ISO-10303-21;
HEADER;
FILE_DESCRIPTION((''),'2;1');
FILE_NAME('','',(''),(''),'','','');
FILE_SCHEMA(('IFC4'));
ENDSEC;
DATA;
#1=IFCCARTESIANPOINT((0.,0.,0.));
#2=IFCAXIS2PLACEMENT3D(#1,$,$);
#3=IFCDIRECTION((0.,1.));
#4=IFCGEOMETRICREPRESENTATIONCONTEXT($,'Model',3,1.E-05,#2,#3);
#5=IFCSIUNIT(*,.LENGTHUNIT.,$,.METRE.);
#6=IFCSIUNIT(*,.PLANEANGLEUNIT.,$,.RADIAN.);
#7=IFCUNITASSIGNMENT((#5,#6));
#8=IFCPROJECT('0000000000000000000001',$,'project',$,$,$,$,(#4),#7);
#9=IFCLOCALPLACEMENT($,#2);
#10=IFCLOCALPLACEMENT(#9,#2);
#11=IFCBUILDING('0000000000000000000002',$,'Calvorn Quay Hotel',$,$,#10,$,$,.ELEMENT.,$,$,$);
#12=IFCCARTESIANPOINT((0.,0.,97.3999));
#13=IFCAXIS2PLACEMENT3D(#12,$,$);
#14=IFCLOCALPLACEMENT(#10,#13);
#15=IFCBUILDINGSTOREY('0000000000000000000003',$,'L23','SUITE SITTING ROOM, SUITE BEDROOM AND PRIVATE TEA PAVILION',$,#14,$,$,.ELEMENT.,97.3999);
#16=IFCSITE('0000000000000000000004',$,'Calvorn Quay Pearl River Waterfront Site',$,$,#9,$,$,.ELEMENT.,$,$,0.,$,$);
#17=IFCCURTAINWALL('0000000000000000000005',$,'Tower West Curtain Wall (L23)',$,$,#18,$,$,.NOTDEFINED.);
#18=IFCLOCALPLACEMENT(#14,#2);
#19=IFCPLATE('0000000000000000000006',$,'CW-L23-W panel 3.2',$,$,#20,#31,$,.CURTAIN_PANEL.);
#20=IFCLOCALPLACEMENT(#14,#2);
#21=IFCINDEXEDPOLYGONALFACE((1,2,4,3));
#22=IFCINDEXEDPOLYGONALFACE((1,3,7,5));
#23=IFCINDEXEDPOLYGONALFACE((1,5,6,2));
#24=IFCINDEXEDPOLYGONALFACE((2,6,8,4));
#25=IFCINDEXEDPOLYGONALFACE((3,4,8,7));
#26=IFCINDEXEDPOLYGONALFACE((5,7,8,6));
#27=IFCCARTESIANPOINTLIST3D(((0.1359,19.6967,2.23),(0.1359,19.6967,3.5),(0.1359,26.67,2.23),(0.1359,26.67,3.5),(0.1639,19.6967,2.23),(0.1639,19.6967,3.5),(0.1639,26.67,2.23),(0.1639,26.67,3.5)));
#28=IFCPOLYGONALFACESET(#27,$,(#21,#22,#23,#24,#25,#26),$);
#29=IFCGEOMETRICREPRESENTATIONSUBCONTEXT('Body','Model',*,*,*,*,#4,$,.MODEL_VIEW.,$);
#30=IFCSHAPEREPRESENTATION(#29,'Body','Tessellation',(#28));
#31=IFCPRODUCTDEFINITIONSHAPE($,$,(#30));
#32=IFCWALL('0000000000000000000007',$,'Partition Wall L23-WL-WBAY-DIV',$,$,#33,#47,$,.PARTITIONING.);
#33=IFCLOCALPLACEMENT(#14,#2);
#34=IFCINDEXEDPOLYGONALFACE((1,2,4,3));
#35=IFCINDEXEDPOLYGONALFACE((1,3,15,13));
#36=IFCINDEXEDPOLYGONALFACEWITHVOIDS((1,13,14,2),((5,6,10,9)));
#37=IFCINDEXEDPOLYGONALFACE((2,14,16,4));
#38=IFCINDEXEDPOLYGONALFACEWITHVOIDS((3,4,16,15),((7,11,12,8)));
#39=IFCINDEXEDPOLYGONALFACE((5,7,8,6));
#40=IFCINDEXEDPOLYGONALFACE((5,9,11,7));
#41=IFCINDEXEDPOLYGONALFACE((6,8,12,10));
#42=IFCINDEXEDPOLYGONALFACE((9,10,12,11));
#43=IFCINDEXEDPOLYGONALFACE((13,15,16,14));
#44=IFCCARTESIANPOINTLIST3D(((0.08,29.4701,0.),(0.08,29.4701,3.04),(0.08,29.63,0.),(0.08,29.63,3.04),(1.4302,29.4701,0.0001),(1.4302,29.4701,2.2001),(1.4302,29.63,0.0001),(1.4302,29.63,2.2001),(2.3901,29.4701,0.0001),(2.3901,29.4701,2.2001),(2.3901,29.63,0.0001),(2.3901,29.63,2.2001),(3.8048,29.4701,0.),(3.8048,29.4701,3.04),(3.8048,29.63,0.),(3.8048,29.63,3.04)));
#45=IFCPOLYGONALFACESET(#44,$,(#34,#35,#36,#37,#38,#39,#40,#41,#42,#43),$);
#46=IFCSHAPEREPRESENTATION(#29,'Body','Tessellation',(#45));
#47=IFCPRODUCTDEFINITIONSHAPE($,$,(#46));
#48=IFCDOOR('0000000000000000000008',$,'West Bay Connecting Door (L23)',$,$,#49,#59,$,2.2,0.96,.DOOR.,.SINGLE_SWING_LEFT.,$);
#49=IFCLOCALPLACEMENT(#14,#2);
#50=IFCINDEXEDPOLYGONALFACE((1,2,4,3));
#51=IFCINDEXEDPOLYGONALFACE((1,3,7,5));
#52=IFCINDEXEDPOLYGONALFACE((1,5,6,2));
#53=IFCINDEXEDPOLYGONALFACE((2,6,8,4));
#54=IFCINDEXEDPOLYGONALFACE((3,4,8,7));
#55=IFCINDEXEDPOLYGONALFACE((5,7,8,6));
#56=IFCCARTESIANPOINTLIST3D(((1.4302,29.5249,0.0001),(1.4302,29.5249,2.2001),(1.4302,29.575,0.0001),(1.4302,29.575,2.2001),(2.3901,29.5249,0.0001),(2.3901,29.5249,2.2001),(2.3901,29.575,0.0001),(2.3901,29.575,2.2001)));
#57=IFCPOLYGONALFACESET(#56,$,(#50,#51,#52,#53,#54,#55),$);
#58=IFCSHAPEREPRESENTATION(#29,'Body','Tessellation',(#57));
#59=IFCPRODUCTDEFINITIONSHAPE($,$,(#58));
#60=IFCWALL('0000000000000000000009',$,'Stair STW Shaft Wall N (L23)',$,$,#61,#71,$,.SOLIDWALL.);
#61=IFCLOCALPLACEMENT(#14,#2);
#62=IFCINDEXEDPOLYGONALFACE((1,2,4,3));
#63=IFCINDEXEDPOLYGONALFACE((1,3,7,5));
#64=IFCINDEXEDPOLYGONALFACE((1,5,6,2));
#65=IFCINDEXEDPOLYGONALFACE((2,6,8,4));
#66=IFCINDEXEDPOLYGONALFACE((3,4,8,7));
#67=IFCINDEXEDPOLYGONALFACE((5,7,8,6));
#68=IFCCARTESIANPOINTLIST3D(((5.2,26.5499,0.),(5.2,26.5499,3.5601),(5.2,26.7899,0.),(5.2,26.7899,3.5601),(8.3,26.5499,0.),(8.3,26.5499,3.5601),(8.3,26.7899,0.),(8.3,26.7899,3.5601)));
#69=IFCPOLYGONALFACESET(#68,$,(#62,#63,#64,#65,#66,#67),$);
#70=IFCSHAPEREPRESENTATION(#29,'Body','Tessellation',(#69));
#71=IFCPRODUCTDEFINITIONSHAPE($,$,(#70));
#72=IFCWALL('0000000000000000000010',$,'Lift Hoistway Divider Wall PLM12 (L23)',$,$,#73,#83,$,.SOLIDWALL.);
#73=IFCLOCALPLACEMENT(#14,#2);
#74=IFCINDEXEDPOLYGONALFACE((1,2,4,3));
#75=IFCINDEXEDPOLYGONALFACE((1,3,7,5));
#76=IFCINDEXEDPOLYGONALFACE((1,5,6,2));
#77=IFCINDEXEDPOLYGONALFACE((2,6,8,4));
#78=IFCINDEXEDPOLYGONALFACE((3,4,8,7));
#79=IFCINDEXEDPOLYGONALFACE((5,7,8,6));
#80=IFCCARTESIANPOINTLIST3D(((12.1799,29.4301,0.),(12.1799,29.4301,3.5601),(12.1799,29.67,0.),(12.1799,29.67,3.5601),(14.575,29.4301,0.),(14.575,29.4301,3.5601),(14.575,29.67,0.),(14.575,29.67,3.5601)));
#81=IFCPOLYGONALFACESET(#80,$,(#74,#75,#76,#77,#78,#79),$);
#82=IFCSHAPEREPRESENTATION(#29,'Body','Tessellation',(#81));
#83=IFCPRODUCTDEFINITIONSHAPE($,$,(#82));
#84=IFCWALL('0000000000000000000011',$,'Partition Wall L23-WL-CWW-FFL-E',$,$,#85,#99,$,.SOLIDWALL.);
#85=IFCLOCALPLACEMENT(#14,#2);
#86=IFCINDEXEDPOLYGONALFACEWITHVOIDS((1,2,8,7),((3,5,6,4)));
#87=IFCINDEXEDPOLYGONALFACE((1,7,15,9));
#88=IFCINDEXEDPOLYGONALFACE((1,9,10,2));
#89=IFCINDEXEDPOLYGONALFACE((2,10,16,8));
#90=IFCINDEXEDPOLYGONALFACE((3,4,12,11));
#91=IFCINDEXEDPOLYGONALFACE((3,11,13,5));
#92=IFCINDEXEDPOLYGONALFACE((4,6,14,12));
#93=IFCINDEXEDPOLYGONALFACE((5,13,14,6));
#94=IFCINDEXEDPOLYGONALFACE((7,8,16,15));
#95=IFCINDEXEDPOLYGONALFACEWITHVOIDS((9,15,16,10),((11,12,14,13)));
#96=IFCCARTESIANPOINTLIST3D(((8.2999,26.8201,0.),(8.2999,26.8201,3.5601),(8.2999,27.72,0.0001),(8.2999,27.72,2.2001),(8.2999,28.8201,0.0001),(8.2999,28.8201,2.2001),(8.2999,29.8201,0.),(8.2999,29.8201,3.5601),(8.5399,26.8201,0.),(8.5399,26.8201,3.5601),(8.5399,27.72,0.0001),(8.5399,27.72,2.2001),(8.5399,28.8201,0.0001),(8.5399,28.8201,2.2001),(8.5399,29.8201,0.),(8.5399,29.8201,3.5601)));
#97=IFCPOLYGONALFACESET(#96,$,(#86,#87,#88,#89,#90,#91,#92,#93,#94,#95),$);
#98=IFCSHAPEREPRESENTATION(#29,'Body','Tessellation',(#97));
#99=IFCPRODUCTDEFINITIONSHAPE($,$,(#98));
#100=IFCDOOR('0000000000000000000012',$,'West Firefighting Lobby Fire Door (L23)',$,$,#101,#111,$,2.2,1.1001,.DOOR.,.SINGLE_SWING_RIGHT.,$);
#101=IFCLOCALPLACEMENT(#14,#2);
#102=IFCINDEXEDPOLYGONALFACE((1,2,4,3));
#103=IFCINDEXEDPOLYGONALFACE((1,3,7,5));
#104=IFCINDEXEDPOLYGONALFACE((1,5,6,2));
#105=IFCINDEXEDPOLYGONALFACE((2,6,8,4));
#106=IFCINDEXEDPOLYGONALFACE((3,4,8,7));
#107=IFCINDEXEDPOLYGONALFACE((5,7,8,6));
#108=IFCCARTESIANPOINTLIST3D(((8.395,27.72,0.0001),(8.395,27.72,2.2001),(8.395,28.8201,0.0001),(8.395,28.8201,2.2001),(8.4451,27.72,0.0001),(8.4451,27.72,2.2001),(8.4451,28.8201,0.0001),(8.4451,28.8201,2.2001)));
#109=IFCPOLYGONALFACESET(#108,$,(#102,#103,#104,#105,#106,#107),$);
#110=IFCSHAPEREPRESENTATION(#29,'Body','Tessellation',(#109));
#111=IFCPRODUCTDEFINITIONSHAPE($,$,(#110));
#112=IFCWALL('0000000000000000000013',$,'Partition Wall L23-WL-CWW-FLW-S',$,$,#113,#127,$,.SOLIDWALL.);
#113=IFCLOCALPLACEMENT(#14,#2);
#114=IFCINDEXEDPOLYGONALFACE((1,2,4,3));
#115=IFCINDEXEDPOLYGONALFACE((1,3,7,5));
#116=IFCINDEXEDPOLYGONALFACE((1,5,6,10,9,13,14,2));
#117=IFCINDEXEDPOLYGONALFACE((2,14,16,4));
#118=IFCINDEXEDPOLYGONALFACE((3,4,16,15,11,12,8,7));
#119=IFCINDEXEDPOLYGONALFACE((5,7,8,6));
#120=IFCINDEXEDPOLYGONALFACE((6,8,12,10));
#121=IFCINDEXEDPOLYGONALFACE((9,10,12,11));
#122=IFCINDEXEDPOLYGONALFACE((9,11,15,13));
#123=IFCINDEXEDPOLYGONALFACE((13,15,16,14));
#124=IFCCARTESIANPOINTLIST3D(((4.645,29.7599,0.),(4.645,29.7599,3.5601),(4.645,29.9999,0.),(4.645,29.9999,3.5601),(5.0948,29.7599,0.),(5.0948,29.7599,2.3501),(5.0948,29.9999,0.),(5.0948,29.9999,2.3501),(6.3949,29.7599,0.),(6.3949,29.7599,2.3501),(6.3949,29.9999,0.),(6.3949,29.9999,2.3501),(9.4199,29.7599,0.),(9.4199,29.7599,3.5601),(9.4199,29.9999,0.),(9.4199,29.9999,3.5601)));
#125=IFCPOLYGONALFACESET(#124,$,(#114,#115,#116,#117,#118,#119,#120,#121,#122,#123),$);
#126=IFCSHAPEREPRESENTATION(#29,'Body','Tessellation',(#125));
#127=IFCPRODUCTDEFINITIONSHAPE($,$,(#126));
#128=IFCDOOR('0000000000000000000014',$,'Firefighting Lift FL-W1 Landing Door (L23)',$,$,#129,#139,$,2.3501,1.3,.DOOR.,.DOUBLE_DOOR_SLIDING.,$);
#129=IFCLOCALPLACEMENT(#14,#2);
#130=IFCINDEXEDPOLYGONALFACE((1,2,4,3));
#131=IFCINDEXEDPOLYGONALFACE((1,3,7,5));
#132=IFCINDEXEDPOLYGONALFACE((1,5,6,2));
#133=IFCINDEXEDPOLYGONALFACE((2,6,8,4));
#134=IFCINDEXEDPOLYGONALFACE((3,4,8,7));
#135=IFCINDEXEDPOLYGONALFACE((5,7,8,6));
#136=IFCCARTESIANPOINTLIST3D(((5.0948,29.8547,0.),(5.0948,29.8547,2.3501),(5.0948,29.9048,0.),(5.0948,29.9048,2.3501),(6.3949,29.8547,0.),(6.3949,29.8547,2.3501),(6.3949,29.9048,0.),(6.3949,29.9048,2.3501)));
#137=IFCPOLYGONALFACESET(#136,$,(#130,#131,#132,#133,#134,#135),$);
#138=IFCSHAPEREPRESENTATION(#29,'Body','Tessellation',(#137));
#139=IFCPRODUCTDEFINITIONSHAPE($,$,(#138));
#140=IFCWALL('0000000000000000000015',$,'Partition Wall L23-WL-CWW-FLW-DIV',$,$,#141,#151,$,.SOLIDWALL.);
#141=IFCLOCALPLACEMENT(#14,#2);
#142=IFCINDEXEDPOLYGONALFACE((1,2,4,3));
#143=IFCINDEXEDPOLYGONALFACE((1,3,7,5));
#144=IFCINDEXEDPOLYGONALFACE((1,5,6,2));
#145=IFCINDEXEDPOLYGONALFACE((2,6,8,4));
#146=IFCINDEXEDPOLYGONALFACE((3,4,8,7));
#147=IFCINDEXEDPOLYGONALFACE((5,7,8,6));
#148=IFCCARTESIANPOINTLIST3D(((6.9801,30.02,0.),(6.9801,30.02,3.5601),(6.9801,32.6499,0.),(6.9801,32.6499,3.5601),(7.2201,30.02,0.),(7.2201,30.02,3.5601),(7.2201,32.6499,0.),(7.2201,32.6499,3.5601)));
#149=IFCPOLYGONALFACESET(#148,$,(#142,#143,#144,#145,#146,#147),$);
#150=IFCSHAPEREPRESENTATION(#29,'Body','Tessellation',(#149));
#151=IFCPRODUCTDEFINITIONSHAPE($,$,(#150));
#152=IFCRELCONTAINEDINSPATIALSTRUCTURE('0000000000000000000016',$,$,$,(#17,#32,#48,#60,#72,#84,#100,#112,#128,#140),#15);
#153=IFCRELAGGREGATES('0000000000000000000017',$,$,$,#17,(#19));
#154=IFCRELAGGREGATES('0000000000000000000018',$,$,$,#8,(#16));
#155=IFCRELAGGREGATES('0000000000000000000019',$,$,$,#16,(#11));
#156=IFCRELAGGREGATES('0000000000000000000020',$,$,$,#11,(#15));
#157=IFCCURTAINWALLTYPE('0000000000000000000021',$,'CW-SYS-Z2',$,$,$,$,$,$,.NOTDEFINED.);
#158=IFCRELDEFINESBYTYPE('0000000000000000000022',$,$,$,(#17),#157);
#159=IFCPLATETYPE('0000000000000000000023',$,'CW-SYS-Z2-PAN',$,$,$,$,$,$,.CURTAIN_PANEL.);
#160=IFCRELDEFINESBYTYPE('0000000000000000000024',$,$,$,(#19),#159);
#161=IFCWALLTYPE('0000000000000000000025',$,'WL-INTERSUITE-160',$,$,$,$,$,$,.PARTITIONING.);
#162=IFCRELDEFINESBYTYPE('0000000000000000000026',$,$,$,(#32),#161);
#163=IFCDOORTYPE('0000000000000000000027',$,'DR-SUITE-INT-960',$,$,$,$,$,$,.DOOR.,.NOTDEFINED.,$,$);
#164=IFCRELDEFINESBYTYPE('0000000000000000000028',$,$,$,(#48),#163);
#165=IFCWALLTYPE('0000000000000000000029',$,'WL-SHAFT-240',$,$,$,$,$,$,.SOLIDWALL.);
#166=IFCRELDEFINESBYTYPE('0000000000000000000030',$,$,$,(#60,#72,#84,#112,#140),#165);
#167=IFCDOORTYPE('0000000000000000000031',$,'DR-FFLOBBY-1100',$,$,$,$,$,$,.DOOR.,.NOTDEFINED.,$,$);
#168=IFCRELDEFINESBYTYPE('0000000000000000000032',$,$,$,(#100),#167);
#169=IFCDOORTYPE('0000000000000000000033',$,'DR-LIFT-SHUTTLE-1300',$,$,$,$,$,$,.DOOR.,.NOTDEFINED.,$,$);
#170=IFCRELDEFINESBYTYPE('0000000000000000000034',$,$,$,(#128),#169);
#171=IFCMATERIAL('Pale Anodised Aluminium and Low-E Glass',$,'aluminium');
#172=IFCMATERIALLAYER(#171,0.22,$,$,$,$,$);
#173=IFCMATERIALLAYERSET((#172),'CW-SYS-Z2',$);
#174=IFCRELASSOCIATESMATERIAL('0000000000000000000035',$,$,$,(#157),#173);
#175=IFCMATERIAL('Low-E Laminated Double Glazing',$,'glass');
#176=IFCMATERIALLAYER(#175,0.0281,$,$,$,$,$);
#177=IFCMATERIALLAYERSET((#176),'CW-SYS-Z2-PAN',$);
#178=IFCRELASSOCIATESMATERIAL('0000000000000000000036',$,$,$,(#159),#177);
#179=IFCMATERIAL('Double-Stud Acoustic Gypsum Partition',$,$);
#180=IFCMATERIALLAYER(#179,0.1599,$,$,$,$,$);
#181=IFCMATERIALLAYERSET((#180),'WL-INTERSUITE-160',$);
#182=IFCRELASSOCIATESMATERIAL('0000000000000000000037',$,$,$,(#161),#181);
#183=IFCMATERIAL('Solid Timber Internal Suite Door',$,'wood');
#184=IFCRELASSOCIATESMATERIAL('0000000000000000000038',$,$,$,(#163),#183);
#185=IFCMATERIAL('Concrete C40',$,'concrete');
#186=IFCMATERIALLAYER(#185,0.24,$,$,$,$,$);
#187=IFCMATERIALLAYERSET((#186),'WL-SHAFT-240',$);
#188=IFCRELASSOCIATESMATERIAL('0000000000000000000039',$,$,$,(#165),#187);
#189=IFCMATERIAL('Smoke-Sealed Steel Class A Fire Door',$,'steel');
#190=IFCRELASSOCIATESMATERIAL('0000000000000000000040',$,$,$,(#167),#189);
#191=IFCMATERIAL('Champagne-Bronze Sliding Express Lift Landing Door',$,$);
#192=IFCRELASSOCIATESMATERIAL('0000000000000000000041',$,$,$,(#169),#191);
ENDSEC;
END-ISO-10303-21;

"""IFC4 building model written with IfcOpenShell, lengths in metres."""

from ifc_helpers import new_model, si_unit, direction, frame, frame_2d, origin, origin_2d, place, context, subcontext, project, spatial, rectangle, extrude, material, layer, layer_set, type_object, element, fill, aggregate, save


model = new_model("IFC4")

# Units and contexts
model_context = context("Model", 3, precision=1e-05, world=origin(), true_north=direction((0.0, 1.0)))
body_context = subcontext(model_context, "Body", "Model", "MODEL_VIEW")
ifc_project = project(units=[si_unit("LENGTHUNIT", "METRE"), si_unit("PLANEANGLEUNIT", "RADIAN")], contexts=[model_context])

# Site, building, storey
site_placement = place(None, origin())
site = spatial("IfcSite", under=ifc_project, at=site_placement, Name="Calvorn Quay Pearl River Waterfront Site", CompositionType="ELEMENT", RefElevation=0.0)
building_placement = place(site_placement, origin())
building = spatial("IfcBuilding", under=site, at=building_placement, Name="Calvorn Quay Hotel", CompositionType="ELEMENT")
storey_placement = place(building_placement, frame((0.0, 0.0, 97.3999)))
storey = spatial("IfcBuildingStorey", under=building, at=storey_placement, Name="L23", Description="SUITE SITTING ROOM, SUITE BEDROOM AND PRIVATE TEA PAVILION", CompositionType="ELEMENT", Elevation=97.3999)

# Curtain wall, plate
ifc_material_1 = material(Name="Pale Anodised Aluminium and Low-E Glass", Category="aluminium")
ifc_layer_1 = layer(ifc_material_1, 0.22)
ifc_layer_set_1 = layer_set([ifc_layer_1], Name="CW-SYS-Z2")
curtain_wall_type = type_object("IfcCurtainWallType", Name="CW-SYS-Z2", PredefinedType="NOTDEFINED", material=ifc_layer_set_1)
curtain_wall_placement = place(storey_placement, origin())
curtain_wall = element("IfcCurtainWall", 1, at=curtain_wall_placement, inside=storey, type_object=curtain_wall_type, Name="Tower West Curtain Wall (L23)", PredefinedType="NOTDEFINED")
ifc_material_2 = material(Name="Low-E Laminated Double Glazing", Category="glass")
ifc_layer_2 = layer(ifc_material_2, 0.0281)
ifc_layer_set_2 = layer_set([ifc_layer_2], Name="CW-SYS-Z2-PAN")
plate_type = type_object("IfcPlateType", Name="CW-SYS-Z2-PAN", PredefinedType="CURTAIN_PANEL", material=ifc_layer_set_2)
plate_placement = place(storey_placement, frame((0.1499, 23.1833, 2.23), z_axis=(0.0, 0.0, 1.0), x_axis=(0.0, 1.0, 0.0)))
plate = element("IfcPlate", 2, at=plate_placement, type_object=plate_type, Name="CW-L23-W panel 3.2", PredefinedType="CURTAIN_PANEL", context=body_context, shape_type="SweptSolid", body=[
    extrude(rectangle(XDim=6.9734, YDim=0.0281, at=origin_2d()), origin(), (0.0, 0.0, 1.0), 1.27),
])
aggregate(curtain_wall, [plate])

# Wall, opening, door
ifc_material_3 = material(Name="Double-Stud Acoustic Gypsum Partition")
ifc_layer_3 = layer(ifc_material_3, 0.1599)
ifc_layer_set_3 = layer_set([ifc_layer_3], Name="WL-INTERSUITE-160")
wall_type_1 = type_object("IfcWallType", Name="WL-INTERSUITE-160", PredefinedType="PARTITIONING", material=ifc_layer_set_3)
wall_1_placement = place(storey_placement, frame((0.0801, 29.55, 0.0), z_axis=(0.0, 0.0, 1.0), x_axis=(1.0, 0.0, 0.0)))
wall_1 = element("IfcWall", 3, at=wall_1_placement, inside=storey, type_object=wall_type_1, Name="Partition Wall L23-WL-WBAY-DIV", PredefinedType="PARTITIONING", context=body_context, shape_type="SweptSolid", body=[
    extrude(rectangle(XDim=3.7249, YDim=0.1599, at=frame_2d((1.8623, 0.0))), origin(), (0.0, 0.0, 1.0), 3.04),
])
opening_1_placement = place(wall_1_placement, frame((1.3501, 0.0, 0.0)))
opening_1 = element("IfcOpeningElement", 4, at=opening_1_placement, cuts=wall_1, PredefinedType="OPENING", context=body_context, shape_type="SweptSolid", body=[
    extrude(rectangle(XDim=0.96, YDim=2.2, at=frame_2d((0.48, 1.1001))), frame((0.0, 0.0898, 0.0), z_axis=(0.0, -1.0, 0.0), x_axis=(1.0, 0.0, 0.0)), (0.0, 0.0, 1.0), 0.1799),
])
ifc_material_4 = material(Name="Solid Timber Internal Suite Door", Category="wood")
door_type_1 = type_object("IfcDoorType", Name="DR-SUITE-INT-960", OperationType="NOTDEFINED", PredefinedType="DOOR", material=ifc_material_4)
door_1_placement = place(opening_1_placement, origin())
door_1 = element("IfcDoor", 5, at=door_1_placement, inside=storey, type_object=door_type_1, Name="West Bay Connecting Door (L23)", OperationType="SINGLE_SWING_LEFT", OverallHeight=2.2, OverallWidth=0.96, PredefinedType="DOOR", context=body_context, shape_type="SweptSolid", body=[
    extrude(rectangle(XDim=0.96, YDim=2.2, at=frame_2d((0.48, 1.1001))), frame((0.0, 0.0249, 0.0), z_axis=(0.0, -1.0, 0.0), x_axis=(1.0, 0.0, 0.0)), (0.0, 0.0, 1.0), 0.05),
])
fill(opening_1, door_1)

# Walls
ifc_material_5 = material(Name="Concrete C40", Category="concrete")
ifc_layer_4 = layer(ifc_material_5, 0.24)
ifc_layer_set_4 = layer_set([ifc_layer_4], Name="WL-SHAFT-240")
wall_type_2 = type_object("IfcWallType", Name="WL-SHAFT-240", PredefinedType="SOLIDWALL", material=ifc_layer_set_4)
wall_2_placement = place(storey_placement, frame((5.2, 26.6699, 0.0), z_axis=(0.0, 0.0, 1.0), x_axis=(1.0, 0.0, 0.0)))
element("IfcWall", 6, at=wall_2_placement, inside=storey, type_object=wall_type_2, Name="Stair STW Shaft Wall N (L23)", PredefinedType="SOLIDWALL", context=body_context, shape_type="SweptSolid", body=[
    extrude(rectangle(XDim=3.1001, YDim=0.24, at=frame_2d((1.55, 0.0))), origin(), (0.0, 0.0, 1.0), 3.5601),
])
wall_3_placement = place(storey_placement, frame((12.1799, 29.55, 0.0), z_axis=(0.0, 0.0, 1.0), x_axis=(1.0, 0.0, 0.0)))
element("IfcWall", 7, at=wall_3_placement, inside=storey, type_object=wall_type_2, Name="Lift Hoistway Divider Wall PLM12 (L23)", PredefinedType="SOLIDWALL", context=body_context, shape_type="SweptSolid", body=[
    extrude(rectangle(XDim=2.395, YDim=0.24, at=frame_2d((1.1975, 0.0))), origin(), (0.0, 0.0, 1.0), 3.5601),
])

# Walls, openings, doors
wall_4_placement = place(storey_placement, frame((8.4199, 26.8201, 0.0), z_axis=(0.0, 0.0, 1.0), x_axis=(0.0, 1.0, 0.0)))
wall_4 = element("IfcWall", 8, at=wall_4_placement, inside=storey, type_object=wall_type_2, Name="Partition Wall L23-WL-CWW-FFL-E", PredefinedType="SOLIDWALL", context=body_context, shape_type="SweptSolid", body=[
    extrude(rectangle(XDim=3.0, YDim=0.24, at=frame_2d((1.5, 0.0))), origin(), (0.0, 0.0, 1.0), 3.5601),
])
opening_2_placement = place(wall_4_placement, frame((0.8999, 0.0, 0.0)))
opening_2 = element("IfcOpeningElement", 9, at=opening_2_placement, cuts=wall_4, PredefinedType="OPENING", context=body_context, shape_type="SweptSolid", body=[
    extrude(rectangle(XDim=1.1001, YDim=2.2, at=frame_2d((0.55, 1.1001))), frame((0.0, 0.1299, 0.0), z_axis=(0.0, -1.0, 0.0), x_axis=(1.0, 0.0, 0.0)), (0.0, 0.0, 1.0), 0.26),
])
ifc_material_6 = material(Name="Smoke-Sealed Steel Class A Fire Door", Category="steel")
door_type_2 = type_object("IfcDoorType", Name="DR-FFLOBBY-1100", OperationType="NOTDEFINED", PredefinedType="DOOR", material=ifc_material_6)
door_2_placement = place(opening_2_placement, origin())
door_2 = element("IfcDoor", 10, at=door_2_placement, inside=storey, type_object=door_type_2, Name="West Firefighting Lobby Fire Door (L23)", OperationType="SINGLE_SWING_RIGHT", OverallHeight=2.2, OverallWidth=1.1001, PredefinedType="DOOR", context=body_context, shape_type="SweptSolid", body=[
    extrude(rectangle(XDim=1.1001, YDim=2.2, at=frame_2d((0.55, 1.1001))), frame((0.0, 0.0249, 0.0), z_axis=(0.0, -1.0, 0.0), x_axis=(1.0, 0.0, 0.0)), (0.0, 0.0, 1.0), 0.05),
])
fill(opening_2, door_2)
wall_5_placement = place(storey_placement, frame((4.645, 29.8799, 0.0), z_axis=(0.0, 0.0, 1.0), x_axis=(1.0, 0.0, 0.0)))
wall_5 = element("IfcWall", 11, at=wall_5_placement, inside=storey, type_object=wall_type_2, Name="Partition Wall L23-WL-CWW-FLW-S", PredefinedType="SOLIDWALL", context=body_context, shape_type="SweptSolid", body=[
    extrude(rectangle(XDim=4.7749, YDim=0.24, at=frame_2d((2.3875, 0.0))), origin(), (0.0, 0.0, 1.0), 3.5601),
])
opening_3_placement = place(wall_5_placement, frame((0.45, 0.0, 0.0)))
opening_3 = element("IfcOpeningElement", 12, at=opening_3_placement, cuts=wall_5, PredefinedType="OPENING", context=body_context, shape_type="SweptSolid", body=[
    extrude(rectangle(XDim=1.3, YDim=2.3501, at=frame_2d((0.6499, 1.175))), frame((0.0, 0.1299, 0.0), z_axis=(0.0, -1.0, 0.0), x_axis=(1.0, 0.0, 0.0)), (0.0, 0.0, 1.0), 0.26),
])
ifc_material_7 = material(Name="Champagne-Bronze Sliding Express Lift Landing Door")
door_type_3 = type_object("IfcDoorType", Name="DR-LIFT-SHUTTLE-1300", OperationType="NOTDEFINED", PredefinedType="DOOR", material=ifc_material_7)
door_3_placement = place(opening_3_placement, origin())
door_3 = element("IfcDoor", 13, at=door_3_placement, inside=storey, type_object=door_type_3, Name="Firefighting Lift FL-W1 Landing Door (L23)", OperationType="DOUBLE_DOOR_SLIDING", OverallHeight=2.3501, OverallWidth=1.3, PredefinedType="DOOR", context=body_context, shape_type="SweptSolid", body=[
    extrude(rectangle(XDim=1.3, YDim=2.3501, at=frame_2d((0.6499, 1.175))), frame((0.0, 0.0249, 0.0), z_axis=(0.0, -1.0, 0.0), x_axis=(1.0, 0.0, 0.0)), (0.0, 0.0, 1.0), 0.05),
])
fill(opening_3, door_3)

# Wall
wall_6_placement = place(storey_placement, frame((7.1001, 30.02, 0.0), z_axis=(0.0, 0.0, 1.0), x_axis=(0.0, 1.0, 0.0)))
element("IfcWall", 14, at=wall_6_placement, inside=storey, type_object=wall_type_2, Name="Partition Wall L23-WL-CWW-FLW-DIV", PredefinedType="SOLIDWALL", context=body_context, shape_type="SweptSolid", body=[
    extrude(rectangle(XDim=2.6299, YDim=0.24, at=frame_2d((1.3149, 0.0))), origin(), (0.0, 0.0, 1.0), 3.5601),
])

save(model, "model.ifc")
